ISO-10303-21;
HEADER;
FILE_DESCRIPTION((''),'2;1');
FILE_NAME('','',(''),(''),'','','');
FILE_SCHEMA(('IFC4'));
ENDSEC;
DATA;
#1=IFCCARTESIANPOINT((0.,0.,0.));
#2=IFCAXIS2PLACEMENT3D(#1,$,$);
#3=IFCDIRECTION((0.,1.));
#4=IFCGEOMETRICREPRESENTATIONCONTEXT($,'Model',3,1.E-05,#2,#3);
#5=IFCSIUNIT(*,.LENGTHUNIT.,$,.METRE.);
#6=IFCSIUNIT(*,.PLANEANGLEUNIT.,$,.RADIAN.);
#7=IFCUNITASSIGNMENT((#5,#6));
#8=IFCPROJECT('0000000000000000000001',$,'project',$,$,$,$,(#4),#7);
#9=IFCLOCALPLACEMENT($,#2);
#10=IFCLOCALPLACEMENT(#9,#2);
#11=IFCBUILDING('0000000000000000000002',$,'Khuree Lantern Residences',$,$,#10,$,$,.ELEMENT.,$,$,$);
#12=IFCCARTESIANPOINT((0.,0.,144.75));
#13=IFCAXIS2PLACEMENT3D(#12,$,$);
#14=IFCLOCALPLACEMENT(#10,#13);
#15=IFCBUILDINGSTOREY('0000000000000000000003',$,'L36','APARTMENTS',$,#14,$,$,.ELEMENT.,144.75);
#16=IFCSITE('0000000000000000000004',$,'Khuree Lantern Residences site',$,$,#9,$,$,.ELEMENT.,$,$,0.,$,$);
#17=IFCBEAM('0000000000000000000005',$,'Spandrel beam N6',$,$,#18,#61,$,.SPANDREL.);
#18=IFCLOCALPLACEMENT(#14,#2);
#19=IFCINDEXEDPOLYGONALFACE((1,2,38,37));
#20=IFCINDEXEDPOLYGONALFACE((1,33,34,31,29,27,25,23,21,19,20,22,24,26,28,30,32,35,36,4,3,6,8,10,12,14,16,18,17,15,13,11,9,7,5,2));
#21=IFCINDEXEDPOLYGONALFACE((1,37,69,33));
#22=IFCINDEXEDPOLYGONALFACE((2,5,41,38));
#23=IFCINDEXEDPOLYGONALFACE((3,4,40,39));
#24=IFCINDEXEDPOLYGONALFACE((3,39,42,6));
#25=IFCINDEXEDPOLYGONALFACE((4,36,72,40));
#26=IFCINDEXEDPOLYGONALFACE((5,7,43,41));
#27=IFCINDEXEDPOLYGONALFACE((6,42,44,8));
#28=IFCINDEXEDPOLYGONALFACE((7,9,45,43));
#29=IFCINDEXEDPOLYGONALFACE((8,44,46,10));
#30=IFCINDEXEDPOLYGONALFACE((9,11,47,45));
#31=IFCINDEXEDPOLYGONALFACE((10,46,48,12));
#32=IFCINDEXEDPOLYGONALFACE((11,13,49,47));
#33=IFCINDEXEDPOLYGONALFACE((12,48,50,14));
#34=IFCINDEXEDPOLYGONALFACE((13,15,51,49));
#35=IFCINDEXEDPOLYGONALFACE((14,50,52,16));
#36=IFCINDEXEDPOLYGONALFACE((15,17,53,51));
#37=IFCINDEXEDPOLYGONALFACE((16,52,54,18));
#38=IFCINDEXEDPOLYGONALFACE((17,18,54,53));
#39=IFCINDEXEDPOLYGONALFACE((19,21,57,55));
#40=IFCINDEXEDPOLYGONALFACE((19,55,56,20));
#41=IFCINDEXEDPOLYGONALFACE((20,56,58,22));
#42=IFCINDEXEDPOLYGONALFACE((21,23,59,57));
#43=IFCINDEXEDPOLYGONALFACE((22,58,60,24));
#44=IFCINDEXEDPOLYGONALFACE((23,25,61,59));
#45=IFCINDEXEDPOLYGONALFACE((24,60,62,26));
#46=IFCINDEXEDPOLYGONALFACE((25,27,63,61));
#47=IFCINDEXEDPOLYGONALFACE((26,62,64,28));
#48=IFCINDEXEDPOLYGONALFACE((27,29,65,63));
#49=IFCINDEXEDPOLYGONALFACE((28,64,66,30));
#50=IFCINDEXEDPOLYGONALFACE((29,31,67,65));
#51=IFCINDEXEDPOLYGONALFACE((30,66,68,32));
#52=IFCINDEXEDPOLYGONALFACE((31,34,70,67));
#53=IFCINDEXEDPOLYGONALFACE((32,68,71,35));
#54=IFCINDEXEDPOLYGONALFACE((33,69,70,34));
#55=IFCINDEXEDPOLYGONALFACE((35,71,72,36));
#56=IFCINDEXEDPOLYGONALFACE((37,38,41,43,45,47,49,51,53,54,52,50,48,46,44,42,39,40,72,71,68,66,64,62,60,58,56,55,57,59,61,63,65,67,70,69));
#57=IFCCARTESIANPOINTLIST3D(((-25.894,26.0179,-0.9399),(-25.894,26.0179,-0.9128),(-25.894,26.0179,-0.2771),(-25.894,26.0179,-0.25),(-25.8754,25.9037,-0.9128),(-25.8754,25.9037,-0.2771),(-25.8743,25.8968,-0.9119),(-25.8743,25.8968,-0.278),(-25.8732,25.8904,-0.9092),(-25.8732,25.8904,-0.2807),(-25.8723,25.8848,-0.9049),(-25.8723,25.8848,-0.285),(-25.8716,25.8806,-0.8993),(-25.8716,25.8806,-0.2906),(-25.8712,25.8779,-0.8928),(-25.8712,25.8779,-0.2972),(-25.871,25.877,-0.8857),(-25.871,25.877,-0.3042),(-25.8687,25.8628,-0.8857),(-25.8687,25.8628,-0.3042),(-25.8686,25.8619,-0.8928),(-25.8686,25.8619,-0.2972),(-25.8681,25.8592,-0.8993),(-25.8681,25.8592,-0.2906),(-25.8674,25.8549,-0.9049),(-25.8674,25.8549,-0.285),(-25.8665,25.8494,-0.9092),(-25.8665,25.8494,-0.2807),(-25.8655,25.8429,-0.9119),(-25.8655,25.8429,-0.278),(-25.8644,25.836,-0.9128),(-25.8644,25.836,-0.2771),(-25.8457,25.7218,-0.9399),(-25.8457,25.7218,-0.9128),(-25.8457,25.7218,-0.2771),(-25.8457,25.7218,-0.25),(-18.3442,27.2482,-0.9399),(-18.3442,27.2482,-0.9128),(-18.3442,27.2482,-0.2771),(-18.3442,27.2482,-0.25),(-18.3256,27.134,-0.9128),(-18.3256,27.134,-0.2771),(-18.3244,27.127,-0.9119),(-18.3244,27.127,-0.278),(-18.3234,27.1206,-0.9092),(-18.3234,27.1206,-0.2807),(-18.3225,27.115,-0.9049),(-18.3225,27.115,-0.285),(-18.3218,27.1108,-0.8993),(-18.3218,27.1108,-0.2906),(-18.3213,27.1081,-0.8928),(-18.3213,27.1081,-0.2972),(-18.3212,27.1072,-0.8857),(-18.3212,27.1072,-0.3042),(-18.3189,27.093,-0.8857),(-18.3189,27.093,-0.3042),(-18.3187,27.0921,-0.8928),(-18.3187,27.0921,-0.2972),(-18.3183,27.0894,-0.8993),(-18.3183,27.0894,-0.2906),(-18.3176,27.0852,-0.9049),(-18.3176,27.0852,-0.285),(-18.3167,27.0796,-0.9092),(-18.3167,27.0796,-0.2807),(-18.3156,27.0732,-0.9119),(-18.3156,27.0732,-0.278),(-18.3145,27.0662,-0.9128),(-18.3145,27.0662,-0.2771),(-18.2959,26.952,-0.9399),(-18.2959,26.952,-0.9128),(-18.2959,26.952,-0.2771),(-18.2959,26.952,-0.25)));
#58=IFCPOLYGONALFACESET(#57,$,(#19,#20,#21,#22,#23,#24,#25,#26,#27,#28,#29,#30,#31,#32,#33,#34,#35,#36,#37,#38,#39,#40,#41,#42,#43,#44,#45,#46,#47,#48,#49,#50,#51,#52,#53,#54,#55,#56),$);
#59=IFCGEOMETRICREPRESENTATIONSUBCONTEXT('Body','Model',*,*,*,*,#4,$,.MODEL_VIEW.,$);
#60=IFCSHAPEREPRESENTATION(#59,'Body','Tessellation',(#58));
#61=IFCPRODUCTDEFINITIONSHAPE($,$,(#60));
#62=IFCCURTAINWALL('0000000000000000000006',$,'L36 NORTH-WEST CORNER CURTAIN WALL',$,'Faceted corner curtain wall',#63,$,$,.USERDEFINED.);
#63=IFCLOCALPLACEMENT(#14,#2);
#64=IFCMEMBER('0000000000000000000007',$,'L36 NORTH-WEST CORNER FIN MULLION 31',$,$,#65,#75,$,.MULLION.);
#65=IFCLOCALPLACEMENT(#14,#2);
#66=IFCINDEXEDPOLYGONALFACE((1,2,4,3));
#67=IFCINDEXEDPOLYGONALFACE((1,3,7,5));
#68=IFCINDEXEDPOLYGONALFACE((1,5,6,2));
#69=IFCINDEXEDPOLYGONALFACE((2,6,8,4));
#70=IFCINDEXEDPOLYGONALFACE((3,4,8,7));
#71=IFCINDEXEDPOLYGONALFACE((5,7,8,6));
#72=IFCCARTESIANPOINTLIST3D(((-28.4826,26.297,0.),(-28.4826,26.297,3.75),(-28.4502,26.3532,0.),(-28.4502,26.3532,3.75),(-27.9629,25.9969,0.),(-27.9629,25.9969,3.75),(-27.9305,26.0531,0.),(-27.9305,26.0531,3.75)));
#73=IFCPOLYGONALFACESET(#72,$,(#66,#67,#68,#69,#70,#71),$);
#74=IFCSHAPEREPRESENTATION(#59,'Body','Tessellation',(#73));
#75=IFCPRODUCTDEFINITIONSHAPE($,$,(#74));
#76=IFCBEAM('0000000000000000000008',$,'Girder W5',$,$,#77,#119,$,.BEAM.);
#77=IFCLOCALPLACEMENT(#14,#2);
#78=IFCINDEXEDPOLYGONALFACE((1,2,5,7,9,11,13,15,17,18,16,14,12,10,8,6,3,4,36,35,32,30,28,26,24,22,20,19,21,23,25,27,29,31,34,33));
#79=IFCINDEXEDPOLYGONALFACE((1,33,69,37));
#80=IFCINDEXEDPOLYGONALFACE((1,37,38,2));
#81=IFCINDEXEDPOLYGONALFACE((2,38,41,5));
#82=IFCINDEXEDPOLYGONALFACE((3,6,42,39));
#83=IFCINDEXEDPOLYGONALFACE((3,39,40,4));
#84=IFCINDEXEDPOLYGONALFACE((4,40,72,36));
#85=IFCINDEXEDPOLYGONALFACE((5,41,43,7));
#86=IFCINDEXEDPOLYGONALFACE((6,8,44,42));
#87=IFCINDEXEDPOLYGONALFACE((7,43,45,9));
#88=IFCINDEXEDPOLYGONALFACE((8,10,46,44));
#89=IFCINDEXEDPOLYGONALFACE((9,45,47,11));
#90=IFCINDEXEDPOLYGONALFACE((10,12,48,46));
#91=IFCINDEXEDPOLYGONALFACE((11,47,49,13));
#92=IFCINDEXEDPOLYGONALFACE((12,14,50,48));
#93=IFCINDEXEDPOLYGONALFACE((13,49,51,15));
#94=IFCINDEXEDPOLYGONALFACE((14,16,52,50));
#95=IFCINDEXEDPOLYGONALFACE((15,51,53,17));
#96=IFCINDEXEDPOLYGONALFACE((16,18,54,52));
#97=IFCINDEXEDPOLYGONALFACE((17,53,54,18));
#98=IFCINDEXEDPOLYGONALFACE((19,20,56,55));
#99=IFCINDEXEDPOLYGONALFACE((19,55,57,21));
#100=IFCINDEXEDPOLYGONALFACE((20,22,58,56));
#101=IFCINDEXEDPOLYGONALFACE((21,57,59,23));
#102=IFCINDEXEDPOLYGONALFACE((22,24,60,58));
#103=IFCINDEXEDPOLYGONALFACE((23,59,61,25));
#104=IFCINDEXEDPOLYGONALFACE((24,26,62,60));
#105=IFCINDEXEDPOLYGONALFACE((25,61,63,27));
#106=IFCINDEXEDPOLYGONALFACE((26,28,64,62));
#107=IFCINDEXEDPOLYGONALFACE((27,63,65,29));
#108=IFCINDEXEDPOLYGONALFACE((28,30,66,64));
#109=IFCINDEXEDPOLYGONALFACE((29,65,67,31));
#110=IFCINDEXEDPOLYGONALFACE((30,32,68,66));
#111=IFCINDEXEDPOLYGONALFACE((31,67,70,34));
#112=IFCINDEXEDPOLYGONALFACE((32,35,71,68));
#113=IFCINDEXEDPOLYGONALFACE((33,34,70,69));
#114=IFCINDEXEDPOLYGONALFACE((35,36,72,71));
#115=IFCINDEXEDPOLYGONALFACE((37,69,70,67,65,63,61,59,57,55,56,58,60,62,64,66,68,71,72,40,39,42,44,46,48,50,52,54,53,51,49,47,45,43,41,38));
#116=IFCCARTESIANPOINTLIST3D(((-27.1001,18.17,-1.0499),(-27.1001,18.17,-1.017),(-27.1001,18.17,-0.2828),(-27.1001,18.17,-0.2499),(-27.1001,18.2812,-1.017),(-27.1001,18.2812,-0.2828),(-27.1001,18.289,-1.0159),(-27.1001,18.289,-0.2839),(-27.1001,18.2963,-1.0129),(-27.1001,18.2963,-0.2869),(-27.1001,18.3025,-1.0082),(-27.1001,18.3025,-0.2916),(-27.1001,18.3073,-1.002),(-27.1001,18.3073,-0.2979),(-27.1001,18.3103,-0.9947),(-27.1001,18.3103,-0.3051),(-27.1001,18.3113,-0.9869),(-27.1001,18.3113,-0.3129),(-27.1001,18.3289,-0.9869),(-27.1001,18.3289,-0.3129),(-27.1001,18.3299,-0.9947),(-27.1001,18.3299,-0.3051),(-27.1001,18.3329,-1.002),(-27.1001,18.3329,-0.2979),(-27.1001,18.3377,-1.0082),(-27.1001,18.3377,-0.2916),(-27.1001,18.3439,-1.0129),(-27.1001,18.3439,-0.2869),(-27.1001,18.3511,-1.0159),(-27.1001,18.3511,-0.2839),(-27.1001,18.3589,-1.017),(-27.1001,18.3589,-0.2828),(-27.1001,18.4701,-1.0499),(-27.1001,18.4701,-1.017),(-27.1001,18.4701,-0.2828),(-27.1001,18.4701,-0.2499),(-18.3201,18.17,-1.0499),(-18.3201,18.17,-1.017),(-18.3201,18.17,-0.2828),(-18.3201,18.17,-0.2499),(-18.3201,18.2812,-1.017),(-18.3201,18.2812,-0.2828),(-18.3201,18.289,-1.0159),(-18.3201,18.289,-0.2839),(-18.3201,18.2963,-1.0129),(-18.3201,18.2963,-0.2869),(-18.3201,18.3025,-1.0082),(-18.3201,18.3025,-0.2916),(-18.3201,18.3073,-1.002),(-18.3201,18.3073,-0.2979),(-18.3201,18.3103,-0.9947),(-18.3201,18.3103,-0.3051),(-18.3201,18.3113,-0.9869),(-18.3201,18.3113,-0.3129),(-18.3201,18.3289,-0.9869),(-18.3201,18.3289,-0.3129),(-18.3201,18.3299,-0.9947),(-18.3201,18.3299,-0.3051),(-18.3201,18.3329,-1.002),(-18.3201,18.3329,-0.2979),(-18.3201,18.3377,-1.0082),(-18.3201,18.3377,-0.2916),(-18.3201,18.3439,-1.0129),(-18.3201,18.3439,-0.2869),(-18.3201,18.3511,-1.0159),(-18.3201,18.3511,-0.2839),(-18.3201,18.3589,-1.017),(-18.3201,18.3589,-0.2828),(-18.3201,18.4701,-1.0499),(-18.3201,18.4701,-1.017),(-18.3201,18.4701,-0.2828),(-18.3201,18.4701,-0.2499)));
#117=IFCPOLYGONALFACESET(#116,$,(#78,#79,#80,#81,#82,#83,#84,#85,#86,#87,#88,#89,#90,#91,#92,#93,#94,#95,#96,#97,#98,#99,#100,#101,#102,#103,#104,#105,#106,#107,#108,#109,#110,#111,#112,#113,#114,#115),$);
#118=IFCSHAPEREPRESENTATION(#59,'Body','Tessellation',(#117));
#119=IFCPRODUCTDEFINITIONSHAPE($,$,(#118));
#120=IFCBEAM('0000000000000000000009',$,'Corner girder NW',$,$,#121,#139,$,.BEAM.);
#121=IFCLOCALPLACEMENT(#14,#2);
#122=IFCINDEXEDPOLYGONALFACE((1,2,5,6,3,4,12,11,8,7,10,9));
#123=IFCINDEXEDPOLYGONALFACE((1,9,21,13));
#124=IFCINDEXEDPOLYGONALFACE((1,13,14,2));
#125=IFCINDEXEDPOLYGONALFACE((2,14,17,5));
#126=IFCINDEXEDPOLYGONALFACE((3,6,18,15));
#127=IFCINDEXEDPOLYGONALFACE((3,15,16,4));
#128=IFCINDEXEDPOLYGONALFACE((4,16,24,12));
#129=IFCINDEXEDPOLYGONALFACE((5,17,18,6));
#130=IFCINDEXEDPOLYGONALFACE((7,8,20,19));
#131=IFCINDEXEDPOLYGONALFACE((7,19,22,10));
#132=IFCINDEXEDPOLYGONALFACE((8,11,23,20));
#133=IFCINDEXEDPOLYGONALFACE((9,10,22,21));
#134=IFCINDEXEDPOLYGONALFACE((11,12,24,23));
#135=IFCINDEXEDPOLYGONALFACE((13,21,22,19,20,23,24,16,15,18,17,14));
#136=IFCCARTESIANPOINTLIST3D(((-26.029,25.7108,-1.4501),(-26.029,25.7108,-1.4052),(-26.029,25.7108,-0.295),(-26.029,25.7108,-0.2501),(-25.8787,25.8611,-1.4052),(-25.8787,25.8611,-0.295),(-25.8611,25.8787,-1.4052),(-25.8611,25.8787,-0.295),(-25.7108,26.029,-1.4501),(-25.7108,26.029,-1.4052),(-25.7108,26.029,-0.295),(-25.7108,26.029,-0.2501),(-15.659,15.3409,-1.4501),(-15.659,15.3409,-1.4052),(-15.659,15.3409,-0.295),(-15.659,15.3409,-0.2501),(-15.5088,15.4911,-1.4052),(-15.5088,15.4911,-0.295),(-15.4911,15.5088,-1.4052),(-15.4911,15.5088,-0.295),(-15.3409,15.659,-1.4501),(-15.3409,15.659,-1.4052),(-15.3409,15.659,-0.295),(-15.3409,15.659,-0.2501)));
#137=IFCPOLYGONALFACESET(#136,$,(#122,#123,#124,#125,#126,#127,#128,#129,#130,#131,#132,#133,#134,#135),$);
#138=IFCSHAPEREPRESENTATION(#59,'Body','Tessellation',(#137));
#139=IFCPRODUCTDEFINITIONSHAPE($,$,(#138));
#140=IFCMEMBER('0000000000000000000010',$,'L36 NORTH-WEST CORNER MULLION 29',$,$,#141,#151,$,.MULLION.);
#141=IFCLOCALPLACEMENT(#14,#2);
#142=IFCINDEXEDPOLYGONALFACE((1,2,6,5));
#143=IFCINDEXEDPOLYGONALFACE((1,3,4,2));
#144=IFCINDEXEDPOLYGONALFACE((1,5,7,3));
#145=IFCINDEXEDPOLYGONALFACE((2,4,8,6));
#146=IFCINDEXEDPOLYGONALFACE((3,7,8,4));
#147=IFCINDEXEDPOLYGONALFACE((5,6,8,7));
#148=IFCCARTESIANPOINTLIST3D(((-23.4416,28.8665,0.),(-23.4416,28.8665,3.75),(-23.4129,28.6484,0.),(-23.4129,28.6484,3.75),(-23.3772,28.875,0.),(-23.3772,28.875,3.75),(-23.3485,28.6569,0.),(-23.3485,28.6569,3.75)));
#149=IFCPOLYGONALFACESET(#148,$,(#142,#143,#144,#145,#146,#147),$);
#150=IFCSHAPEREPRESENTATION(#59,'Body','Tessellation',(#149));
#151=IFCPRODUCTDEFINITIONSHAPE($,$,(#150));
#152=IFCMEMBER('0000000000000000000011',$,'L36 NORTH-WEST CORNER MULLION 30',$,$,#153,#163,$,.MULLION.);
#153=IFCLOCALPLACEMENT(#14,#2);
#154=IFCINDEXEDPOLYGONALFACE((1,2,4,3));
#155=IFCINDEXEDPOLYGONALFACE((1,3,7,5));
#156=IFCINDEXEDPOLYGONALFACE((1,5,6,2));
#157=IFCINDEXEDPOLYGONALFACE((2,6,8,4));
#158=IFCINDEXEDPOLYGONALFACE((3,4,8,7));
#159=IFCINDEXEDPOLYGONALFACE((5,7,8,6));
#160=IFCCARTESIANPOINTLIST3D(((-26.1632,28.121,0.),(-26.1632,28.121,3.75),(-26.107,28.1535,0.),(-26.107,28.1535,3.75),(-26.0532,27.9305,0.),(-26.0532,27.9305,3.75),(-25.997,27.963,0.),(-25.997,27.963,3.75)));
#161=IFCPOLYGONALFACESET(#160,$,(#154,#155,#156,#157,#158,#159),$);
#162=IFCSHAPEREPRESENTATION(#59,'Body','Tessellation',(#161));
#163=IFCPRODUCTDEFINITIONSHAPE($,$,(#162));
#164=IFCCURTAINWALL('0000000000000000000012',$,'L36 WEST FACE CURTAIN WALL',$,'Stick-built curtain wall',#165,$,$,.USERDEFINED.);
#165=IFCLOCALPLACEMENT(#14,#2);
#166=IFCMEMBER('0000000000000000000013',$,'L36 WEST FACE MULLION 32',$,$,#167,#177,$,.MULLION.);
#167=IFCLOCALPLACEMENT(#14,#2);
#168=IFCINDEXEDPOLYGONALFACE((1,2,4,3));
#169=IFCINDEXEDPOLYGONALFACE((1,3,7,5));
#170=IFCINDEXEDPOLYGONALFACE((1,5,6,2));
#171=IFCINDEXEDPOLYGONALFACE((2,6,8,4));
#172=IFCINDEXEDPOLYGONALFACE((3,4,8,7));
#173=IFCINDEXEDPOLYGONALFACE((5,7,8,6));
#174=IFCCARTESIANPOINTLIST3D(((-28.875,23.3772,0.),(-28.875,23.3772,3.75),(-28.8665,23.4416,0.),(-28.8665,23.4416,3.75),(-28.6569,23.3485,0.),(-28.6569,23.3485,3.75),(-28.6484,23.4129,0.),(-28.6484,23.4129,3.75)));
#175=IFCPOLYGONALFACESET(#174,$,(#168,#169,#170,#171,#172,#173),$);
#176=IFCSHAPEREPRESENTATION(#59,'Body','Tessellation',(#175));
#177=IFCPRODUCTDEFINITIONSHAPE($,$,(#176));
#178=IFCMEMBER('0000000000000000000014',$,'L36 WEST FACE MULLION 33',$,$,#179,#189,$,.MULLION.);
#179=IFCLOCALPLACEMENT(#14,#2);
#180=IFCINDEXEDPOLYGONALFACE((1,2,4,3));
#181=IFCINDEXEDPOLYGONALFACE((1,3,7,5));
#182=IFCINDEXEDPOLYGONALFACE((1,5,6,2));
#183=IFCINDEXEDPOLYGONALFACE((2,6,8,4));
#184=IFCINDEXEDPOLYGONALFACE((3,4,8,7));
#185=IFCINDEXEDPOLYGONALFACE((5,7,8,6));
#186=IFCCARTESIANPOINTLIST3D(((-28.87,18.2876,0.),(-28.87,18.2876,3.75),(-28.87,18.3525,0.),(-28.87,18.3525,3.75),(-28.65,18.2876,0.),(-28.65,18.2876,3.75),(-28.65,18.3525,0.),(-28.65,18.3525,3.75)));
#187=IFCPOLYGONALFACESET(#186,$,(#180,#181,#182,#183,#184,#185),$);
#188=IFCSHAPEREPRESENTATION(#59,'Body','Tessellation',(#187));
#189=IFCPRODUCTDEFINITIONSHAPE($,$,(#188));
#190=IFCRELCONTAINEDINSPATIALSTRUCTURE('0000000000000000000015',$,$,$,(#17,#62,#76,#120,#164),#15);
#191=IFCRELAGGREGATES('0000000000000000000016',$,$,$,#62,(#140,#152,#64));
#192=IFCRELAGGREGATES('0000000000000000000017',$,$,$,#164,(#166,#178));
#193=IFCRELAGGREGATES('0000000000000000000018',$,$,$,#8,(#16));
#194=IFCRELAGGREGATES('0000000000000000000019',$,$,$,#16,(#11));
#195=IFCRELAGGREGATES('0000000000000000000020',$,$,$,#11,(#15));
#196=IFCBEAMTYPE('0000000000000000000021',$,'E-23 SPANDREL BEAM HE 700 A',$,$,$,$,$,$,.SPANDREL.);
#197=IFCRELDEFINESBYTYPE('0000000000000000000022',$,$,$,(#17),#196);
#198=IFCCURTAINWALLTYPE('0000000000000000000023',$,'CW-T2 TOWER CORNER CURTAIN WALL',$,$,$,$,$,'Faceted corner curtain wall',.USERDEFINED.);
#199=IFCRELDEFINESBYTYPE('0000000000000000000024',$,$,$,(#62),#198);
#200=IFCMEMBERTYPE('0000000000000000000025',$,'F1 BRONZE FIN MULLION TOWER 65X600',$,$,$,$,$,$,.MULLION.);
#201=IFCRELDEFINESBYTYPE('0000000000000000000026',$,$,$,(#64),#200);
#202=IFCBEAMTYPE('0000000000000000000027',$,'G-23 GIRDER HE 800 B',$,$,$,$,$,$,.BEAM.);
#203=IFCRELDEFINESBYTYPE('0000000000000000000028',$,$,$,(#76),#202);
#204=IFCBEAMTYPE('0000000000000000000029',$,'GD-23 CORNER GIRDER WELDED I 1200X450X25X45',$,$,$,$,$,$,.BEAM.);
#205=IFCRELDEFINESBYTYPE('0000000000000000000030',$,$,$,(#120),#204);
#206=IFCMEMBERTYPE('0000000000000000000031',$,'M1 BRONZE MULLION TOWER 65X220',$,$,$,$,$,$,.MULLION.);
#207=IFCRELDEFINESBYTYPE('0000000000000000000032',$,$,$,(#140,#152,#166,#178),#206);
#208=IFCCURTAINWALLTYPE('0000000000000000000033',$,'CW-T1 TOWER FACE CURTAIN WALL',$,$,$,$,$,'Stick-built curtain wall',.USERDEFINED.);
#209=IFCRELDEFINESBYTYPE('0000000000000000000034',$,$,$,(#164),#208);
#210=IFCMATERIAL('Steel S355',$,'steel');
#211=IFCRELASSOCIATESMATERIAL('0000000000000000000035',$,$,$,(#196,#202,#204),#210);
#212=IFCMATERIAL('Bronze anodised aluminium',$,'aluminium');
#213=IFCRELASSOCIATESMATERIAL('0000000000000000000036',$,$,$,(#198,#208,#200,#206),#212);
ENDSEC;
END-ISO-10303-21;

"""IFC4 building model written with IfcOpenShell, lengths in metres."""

from ifc_helpers import new_model, si_unit, direction, frame, origin, origin_2d, place, context, subcontext, project, spatial, rectangle, i_section, extrude, material, material_profile, profile_set, type_object, element, aggregate, save


model = new_model("IFC4")

# Units and contexts
model_context = context("Model", 3, precision=1e-05, world=origin(), true_north=direction((0.0, 1.0)))
body_context = subcontext(model_context, "Body", "Model", "MODEL_VIEW")
ifc_project = project(units=[si_unit("LENGTHUNIT", "METRE"), si_unit("PLANEANGLEUNIT", "RADIAN")], contexts=[model_context])

# Site, building, storey
site_placement = place(None, origin())
site = spatial("IfcSite", under=ifc_project, at=site_placement, Name="Khuree Lantern Residences site", CompositionType="ELEMENT", RefElevation=0.0)
building_placement = place(site_placement, origin())
building = spatial("IfcBuilding", under=site, at=building_placement, Name="Khuree Lantern Residences", CompositionType="ELEMENT")
storey_placement = place(building_placement, frame((0.0, 0.0, 144.75)))
storey = spatial("IfcBuildingStorey", under=building, at=storey_placement, Name="L36", Description="APARTMENTS", CompositionType="ELEMENT", Elevation=144.75)

# Beam
ifc_material_1 = material(Name="Steel S355", Category="steel")
ifc_material_profile_1 = material_profile(ifc_material_1, i_section(OverallWidth=0.3, OverallDepth=0.6899, WebThickness=0.0144, FlangeThickness=0.0271, FilletRadius=0.0271, at=origin_2d()), Name="HE 700 A")
ifc_profile_set_1 = profile_set([ifc_material_profile_1], Name="Steel S355")
beam_type_1 = type_object("IfcBeamType", Name="E-23 SPANDREL BEAM HE 700 A", PredefinedType="SPANDREL", material=ifc_profile_set_1)
for number, where, z_axis, x_axis, name in (
    (1, (-25.8699, 25.8699, -0.595), (0.986983, 0.160827, 0.0), (-0.160827, 0.986983, 0.0), "Spandrel beam N6"),
):
    element("IfcBeam", number, at=place(storey_placement, frame(where, z_axis=z_axis, x_axis=x_axis)), inside=storey, type_object=beam_type_1, Name=name, PredefinedType="SPANDREL", context=body_context, shape_type="SweptSolid", body=[
        extrude(i_section(OverallWidth=0.3, OverallDepth=0.6899, WebThickness=0.0144, FlangeThickness=0.0271, FilletRadius=0.0271, at=origin_2d()), origin(), (0.0, 0.0, 1.0), 7.6494),
    ])

# Curtain wall, member
ifc_material_2 = material(Name="Bronze anodised aluminium", Category="aluminium")
curtain_wall_type_1 = type_object("IfcCurtainWallType", Name="CW-T2 TOWER CORNER CURTAIN WALL", ElementType="Faceted corner curtain wall", PredefinedType="USERDEFINED", material=ifc_material_2)
curtain_wall_1_placement = place(storey_placement, origin())
curtain_wall_1 = element("IfcCurtainWall", 2, at=curtain_wall_1_placement, inside=storey, type_object=curtain_wall_type_1, Name="L36 NORTH-WEST CORNER CURTAIN WALL", ObjectType="Faceted corner curtain wall", PredefinedType="USERDEFINED")
ifc_material_profile_2 = material_profile(ifc_material_2, rectangle(XDim=0.0649, YDim=0.6001, at=origin_2d()), Name="F1 65X600")
ifc_profile_set_2 = profile_set([ifc_material_profile_2], Name="Bronze anodised aluminium")
member_type_1 = type_object("IfcMemberType", Name="F1 BRONZE FIN MULLION TOWER 65X600", PredefinedType="MULLION", material=ifc_profile_set_2)
member_1_placement = place(storey_placement, frame((-28.2065, 26.175, 0.0), z_axis=(0.0, 0.0, 1.0), x_axis=(-0.5, -0.866025, 0.0)))
member_1 = element("IfcMember", 3, at=member_1_placement, type_object=member_type_1, Name="L36 NORTH-WEST CORNER FIN MULLION 31", PredefinedType="MULLION", context=body_context, shape_type="SweptSolid", body=[
    extrude(rectangle(XDim=0.0649, YDim=0.6001, at=origin_2d()), origin(), (0.0, 0.0, 1.0), 3.75),
])

# Beams
ifc_material_profile_3 = material_profile(ifc_material_1, i_section(OverallWidth=0.3, OverallDepth=0.8, WebThickness=0.0176, FlangeThickness=0.033, FilletRadius=0.03, at=origin_2d()), Name="HE 800 B")
ifc_profile_set_3 = profile_set([ifc_material_profile_3], Name="Steel S355")
beam_type_2 = type_object("IfcBeamType", Name="G-23 GIRDER HE 800 B", PredefinedType="BEAM", material=ifc_profile_set_3)
beam_1_placement = place(storey_placement, frame((-27.1001, 18.3201, -0.6499), z_axis=(1.0, 0.0, 0.0), x_axis=(0.0, 1.0, 0.0)))
element("IfcBeam", 4, at=beam_1_placement, inside=storey, type_object=beam_type_2, Name="Girder W5", PredefinedType="BEAM", context=body_context, shape_type="SweptSolid", body=[
    extrude(i_section(OverallWidth=0.3, OverallDepth=0.8, WebThickness=0.0176, FlangeThickness=0.033, FilletRadius=0.03, at=origin_2d()), origin(), (0.0, 0.0, 1.0), 8.78),
])
ifc_material_profile_4 = material_profile(ifc_material_1, i_section(OverallWidth=0.45, OverallDepth=1.2, WebThickness=0.0249, FlangeThickness=0.0449, at=origin_2d()), Name="WELDED I 1200X450X25X45")
ifc_profile_set_4 = profile_set([ifc_material_profile_4], Name="Steel S355")
beam_type_3 = type_object("IfcBeamType", Name="GD-23 CORNER GIRDER WELDED I 1200X450X25X45", PredefinedType="BEAM", material=ifc_profile_set_4)
beam_2_placement = place(storey_placement, frame((-25.8699, 25.8699, -0.8501), z_axis=(0.707107, -0.707107, 0.0), x_axis=(0.707107, 0.707107, 0.0)))
element("IfcBeam", 5, at=beam_2_placement, inside=storey, type_object=beam_type_3, Name="Corner girder NW", PredefinedType="BEAM", context=body_context, shape_type="SweptSolid", body=[
    extrude(i_section(OverallWidth=0.45, OverallDepth=1.2, WebThickness=0.0249, FlangeThickness=0.0449, at=origin_2d()), origin(), (0.0, 0.0, 1.0), 14.6653),
])

# Members
ifc_material_profile_5 = material_profile(ifc_material_2, rectangle(XDim=0.0649, YDim=0.22, at=origin_2d()), Name="M1 65X220")
ifc_profile_set_5 = profile_set([ifc_material_profile_5], Name="Bronze anodised aluminium")
member_type_2 = type_object("IfcMemberType", Name="M1 BRONZE MULLION TOWER 65X220", PredefinedType="MULLION", material=ifc_profile_set_5)
member_2_placement = place(storey_placement, frame((-23.395, 28.7617, 0.0), z_axis=(0.0, 0.0, 1.0), x_axis=(-0.991445, -0.130526, 0.0)))
member_2 = element("IfcMember", 6, at=member_2_placement, type_object=member_type_2, Name="L36 NORTH-WEST CORNER MULLION 29", PredefinedType="MULLION", context=body_context, shape_type="SweptSolid", body=[
    extrude(rectangle(XDim=0.0649, YDim=0.22, at=origin_2d()), origin(), (0.0, 0.0, 1.0), 3.75),
])
member_3_placement = place(storey_placement, frame((-26.0801, 28.042, 0.0), z_axis=(0.0, 0.0, 1.0), x_axis=(-0.866025, -0.5, 0.0)))
member_3 = element("IfcMember", 7, at=member_3_placement, type_object=member_type_2, Name="L36 NORTH-WEST CORNER MULLION 30", PredefinedType="MULLION", context=body_context, shape_type="SweptSolid", body=[
    extrude(rectangle(XDim=0.0649, YDim=0.22, at=origin_2d()), origin(), (0.0, 0.0, 1.0), 3.75),
])

# Curtain wall, members
curtain_wall_type_2 = type_object("IfcCurtainWallType", Name="CW-T1 TOWER FACE CURTAIN WALL", ElementType="Stick-built curtain wall", PredefinedType="USERDEFINED", material=ifc_material_2)
curtain_wall_2_placement = place(storey_placement, origin())
curtain_wall_2 = element("IfcCurtainWall", 8, at=curtain_wall_2_placement, inside=storey, type_object=curtain_wall_type_2, Name="L36 WEST FACE CURTAIN WALL", ObjectType="Stick-built curtain wall", PredefinedType="USERDEFINED")
member_4_placement = place(storey_placement, frame((-28.7617, 23.395, 0.0), z_axis=(0.0, 0.0, 1.0), x_axis=(-0.130526, -0.991445, 0.0)))
member_4 = element("IfcMember", 9, at=member_4_placement, type_object=member_type_2, Name="L36 WEST FACE MULLION 32", PredefinedType="MULLION", context=body_context, shape_type="SweptSolid", body=[
    extrude(rectangle(XDim=0.0649, YDim=0.22, at=origin_2d()), origin(), (0.0, 0.0, 1.0), 3.75),
])
member_5_placement = place(storey_placement, frame((-28.76, 18.3201, 0.0), z_axis=(0.0, 0.0, 1.0), x_axis=(0.0, -1.0, 0.0)))
member_5 = element("IfcMember", 10, at=member_5_placement, type_object=member_type_2, Name="L36 WEST FACE MULLION 33", PredefinedType="MULLION", context=body_context, shape_type="SweptSolid", body=[
    extrude(rectangle(XDim=0.0649, YDim=0.22, at=origin_2d()), origin(), (0.0, 0.0, 1.0), 3.75),
])

aggregate(curtain_wall_1, [member_2, member_3, member_1])
aggregate(curtain_wall_2, [member_4, member_5])

save(model, "model.ifc")
